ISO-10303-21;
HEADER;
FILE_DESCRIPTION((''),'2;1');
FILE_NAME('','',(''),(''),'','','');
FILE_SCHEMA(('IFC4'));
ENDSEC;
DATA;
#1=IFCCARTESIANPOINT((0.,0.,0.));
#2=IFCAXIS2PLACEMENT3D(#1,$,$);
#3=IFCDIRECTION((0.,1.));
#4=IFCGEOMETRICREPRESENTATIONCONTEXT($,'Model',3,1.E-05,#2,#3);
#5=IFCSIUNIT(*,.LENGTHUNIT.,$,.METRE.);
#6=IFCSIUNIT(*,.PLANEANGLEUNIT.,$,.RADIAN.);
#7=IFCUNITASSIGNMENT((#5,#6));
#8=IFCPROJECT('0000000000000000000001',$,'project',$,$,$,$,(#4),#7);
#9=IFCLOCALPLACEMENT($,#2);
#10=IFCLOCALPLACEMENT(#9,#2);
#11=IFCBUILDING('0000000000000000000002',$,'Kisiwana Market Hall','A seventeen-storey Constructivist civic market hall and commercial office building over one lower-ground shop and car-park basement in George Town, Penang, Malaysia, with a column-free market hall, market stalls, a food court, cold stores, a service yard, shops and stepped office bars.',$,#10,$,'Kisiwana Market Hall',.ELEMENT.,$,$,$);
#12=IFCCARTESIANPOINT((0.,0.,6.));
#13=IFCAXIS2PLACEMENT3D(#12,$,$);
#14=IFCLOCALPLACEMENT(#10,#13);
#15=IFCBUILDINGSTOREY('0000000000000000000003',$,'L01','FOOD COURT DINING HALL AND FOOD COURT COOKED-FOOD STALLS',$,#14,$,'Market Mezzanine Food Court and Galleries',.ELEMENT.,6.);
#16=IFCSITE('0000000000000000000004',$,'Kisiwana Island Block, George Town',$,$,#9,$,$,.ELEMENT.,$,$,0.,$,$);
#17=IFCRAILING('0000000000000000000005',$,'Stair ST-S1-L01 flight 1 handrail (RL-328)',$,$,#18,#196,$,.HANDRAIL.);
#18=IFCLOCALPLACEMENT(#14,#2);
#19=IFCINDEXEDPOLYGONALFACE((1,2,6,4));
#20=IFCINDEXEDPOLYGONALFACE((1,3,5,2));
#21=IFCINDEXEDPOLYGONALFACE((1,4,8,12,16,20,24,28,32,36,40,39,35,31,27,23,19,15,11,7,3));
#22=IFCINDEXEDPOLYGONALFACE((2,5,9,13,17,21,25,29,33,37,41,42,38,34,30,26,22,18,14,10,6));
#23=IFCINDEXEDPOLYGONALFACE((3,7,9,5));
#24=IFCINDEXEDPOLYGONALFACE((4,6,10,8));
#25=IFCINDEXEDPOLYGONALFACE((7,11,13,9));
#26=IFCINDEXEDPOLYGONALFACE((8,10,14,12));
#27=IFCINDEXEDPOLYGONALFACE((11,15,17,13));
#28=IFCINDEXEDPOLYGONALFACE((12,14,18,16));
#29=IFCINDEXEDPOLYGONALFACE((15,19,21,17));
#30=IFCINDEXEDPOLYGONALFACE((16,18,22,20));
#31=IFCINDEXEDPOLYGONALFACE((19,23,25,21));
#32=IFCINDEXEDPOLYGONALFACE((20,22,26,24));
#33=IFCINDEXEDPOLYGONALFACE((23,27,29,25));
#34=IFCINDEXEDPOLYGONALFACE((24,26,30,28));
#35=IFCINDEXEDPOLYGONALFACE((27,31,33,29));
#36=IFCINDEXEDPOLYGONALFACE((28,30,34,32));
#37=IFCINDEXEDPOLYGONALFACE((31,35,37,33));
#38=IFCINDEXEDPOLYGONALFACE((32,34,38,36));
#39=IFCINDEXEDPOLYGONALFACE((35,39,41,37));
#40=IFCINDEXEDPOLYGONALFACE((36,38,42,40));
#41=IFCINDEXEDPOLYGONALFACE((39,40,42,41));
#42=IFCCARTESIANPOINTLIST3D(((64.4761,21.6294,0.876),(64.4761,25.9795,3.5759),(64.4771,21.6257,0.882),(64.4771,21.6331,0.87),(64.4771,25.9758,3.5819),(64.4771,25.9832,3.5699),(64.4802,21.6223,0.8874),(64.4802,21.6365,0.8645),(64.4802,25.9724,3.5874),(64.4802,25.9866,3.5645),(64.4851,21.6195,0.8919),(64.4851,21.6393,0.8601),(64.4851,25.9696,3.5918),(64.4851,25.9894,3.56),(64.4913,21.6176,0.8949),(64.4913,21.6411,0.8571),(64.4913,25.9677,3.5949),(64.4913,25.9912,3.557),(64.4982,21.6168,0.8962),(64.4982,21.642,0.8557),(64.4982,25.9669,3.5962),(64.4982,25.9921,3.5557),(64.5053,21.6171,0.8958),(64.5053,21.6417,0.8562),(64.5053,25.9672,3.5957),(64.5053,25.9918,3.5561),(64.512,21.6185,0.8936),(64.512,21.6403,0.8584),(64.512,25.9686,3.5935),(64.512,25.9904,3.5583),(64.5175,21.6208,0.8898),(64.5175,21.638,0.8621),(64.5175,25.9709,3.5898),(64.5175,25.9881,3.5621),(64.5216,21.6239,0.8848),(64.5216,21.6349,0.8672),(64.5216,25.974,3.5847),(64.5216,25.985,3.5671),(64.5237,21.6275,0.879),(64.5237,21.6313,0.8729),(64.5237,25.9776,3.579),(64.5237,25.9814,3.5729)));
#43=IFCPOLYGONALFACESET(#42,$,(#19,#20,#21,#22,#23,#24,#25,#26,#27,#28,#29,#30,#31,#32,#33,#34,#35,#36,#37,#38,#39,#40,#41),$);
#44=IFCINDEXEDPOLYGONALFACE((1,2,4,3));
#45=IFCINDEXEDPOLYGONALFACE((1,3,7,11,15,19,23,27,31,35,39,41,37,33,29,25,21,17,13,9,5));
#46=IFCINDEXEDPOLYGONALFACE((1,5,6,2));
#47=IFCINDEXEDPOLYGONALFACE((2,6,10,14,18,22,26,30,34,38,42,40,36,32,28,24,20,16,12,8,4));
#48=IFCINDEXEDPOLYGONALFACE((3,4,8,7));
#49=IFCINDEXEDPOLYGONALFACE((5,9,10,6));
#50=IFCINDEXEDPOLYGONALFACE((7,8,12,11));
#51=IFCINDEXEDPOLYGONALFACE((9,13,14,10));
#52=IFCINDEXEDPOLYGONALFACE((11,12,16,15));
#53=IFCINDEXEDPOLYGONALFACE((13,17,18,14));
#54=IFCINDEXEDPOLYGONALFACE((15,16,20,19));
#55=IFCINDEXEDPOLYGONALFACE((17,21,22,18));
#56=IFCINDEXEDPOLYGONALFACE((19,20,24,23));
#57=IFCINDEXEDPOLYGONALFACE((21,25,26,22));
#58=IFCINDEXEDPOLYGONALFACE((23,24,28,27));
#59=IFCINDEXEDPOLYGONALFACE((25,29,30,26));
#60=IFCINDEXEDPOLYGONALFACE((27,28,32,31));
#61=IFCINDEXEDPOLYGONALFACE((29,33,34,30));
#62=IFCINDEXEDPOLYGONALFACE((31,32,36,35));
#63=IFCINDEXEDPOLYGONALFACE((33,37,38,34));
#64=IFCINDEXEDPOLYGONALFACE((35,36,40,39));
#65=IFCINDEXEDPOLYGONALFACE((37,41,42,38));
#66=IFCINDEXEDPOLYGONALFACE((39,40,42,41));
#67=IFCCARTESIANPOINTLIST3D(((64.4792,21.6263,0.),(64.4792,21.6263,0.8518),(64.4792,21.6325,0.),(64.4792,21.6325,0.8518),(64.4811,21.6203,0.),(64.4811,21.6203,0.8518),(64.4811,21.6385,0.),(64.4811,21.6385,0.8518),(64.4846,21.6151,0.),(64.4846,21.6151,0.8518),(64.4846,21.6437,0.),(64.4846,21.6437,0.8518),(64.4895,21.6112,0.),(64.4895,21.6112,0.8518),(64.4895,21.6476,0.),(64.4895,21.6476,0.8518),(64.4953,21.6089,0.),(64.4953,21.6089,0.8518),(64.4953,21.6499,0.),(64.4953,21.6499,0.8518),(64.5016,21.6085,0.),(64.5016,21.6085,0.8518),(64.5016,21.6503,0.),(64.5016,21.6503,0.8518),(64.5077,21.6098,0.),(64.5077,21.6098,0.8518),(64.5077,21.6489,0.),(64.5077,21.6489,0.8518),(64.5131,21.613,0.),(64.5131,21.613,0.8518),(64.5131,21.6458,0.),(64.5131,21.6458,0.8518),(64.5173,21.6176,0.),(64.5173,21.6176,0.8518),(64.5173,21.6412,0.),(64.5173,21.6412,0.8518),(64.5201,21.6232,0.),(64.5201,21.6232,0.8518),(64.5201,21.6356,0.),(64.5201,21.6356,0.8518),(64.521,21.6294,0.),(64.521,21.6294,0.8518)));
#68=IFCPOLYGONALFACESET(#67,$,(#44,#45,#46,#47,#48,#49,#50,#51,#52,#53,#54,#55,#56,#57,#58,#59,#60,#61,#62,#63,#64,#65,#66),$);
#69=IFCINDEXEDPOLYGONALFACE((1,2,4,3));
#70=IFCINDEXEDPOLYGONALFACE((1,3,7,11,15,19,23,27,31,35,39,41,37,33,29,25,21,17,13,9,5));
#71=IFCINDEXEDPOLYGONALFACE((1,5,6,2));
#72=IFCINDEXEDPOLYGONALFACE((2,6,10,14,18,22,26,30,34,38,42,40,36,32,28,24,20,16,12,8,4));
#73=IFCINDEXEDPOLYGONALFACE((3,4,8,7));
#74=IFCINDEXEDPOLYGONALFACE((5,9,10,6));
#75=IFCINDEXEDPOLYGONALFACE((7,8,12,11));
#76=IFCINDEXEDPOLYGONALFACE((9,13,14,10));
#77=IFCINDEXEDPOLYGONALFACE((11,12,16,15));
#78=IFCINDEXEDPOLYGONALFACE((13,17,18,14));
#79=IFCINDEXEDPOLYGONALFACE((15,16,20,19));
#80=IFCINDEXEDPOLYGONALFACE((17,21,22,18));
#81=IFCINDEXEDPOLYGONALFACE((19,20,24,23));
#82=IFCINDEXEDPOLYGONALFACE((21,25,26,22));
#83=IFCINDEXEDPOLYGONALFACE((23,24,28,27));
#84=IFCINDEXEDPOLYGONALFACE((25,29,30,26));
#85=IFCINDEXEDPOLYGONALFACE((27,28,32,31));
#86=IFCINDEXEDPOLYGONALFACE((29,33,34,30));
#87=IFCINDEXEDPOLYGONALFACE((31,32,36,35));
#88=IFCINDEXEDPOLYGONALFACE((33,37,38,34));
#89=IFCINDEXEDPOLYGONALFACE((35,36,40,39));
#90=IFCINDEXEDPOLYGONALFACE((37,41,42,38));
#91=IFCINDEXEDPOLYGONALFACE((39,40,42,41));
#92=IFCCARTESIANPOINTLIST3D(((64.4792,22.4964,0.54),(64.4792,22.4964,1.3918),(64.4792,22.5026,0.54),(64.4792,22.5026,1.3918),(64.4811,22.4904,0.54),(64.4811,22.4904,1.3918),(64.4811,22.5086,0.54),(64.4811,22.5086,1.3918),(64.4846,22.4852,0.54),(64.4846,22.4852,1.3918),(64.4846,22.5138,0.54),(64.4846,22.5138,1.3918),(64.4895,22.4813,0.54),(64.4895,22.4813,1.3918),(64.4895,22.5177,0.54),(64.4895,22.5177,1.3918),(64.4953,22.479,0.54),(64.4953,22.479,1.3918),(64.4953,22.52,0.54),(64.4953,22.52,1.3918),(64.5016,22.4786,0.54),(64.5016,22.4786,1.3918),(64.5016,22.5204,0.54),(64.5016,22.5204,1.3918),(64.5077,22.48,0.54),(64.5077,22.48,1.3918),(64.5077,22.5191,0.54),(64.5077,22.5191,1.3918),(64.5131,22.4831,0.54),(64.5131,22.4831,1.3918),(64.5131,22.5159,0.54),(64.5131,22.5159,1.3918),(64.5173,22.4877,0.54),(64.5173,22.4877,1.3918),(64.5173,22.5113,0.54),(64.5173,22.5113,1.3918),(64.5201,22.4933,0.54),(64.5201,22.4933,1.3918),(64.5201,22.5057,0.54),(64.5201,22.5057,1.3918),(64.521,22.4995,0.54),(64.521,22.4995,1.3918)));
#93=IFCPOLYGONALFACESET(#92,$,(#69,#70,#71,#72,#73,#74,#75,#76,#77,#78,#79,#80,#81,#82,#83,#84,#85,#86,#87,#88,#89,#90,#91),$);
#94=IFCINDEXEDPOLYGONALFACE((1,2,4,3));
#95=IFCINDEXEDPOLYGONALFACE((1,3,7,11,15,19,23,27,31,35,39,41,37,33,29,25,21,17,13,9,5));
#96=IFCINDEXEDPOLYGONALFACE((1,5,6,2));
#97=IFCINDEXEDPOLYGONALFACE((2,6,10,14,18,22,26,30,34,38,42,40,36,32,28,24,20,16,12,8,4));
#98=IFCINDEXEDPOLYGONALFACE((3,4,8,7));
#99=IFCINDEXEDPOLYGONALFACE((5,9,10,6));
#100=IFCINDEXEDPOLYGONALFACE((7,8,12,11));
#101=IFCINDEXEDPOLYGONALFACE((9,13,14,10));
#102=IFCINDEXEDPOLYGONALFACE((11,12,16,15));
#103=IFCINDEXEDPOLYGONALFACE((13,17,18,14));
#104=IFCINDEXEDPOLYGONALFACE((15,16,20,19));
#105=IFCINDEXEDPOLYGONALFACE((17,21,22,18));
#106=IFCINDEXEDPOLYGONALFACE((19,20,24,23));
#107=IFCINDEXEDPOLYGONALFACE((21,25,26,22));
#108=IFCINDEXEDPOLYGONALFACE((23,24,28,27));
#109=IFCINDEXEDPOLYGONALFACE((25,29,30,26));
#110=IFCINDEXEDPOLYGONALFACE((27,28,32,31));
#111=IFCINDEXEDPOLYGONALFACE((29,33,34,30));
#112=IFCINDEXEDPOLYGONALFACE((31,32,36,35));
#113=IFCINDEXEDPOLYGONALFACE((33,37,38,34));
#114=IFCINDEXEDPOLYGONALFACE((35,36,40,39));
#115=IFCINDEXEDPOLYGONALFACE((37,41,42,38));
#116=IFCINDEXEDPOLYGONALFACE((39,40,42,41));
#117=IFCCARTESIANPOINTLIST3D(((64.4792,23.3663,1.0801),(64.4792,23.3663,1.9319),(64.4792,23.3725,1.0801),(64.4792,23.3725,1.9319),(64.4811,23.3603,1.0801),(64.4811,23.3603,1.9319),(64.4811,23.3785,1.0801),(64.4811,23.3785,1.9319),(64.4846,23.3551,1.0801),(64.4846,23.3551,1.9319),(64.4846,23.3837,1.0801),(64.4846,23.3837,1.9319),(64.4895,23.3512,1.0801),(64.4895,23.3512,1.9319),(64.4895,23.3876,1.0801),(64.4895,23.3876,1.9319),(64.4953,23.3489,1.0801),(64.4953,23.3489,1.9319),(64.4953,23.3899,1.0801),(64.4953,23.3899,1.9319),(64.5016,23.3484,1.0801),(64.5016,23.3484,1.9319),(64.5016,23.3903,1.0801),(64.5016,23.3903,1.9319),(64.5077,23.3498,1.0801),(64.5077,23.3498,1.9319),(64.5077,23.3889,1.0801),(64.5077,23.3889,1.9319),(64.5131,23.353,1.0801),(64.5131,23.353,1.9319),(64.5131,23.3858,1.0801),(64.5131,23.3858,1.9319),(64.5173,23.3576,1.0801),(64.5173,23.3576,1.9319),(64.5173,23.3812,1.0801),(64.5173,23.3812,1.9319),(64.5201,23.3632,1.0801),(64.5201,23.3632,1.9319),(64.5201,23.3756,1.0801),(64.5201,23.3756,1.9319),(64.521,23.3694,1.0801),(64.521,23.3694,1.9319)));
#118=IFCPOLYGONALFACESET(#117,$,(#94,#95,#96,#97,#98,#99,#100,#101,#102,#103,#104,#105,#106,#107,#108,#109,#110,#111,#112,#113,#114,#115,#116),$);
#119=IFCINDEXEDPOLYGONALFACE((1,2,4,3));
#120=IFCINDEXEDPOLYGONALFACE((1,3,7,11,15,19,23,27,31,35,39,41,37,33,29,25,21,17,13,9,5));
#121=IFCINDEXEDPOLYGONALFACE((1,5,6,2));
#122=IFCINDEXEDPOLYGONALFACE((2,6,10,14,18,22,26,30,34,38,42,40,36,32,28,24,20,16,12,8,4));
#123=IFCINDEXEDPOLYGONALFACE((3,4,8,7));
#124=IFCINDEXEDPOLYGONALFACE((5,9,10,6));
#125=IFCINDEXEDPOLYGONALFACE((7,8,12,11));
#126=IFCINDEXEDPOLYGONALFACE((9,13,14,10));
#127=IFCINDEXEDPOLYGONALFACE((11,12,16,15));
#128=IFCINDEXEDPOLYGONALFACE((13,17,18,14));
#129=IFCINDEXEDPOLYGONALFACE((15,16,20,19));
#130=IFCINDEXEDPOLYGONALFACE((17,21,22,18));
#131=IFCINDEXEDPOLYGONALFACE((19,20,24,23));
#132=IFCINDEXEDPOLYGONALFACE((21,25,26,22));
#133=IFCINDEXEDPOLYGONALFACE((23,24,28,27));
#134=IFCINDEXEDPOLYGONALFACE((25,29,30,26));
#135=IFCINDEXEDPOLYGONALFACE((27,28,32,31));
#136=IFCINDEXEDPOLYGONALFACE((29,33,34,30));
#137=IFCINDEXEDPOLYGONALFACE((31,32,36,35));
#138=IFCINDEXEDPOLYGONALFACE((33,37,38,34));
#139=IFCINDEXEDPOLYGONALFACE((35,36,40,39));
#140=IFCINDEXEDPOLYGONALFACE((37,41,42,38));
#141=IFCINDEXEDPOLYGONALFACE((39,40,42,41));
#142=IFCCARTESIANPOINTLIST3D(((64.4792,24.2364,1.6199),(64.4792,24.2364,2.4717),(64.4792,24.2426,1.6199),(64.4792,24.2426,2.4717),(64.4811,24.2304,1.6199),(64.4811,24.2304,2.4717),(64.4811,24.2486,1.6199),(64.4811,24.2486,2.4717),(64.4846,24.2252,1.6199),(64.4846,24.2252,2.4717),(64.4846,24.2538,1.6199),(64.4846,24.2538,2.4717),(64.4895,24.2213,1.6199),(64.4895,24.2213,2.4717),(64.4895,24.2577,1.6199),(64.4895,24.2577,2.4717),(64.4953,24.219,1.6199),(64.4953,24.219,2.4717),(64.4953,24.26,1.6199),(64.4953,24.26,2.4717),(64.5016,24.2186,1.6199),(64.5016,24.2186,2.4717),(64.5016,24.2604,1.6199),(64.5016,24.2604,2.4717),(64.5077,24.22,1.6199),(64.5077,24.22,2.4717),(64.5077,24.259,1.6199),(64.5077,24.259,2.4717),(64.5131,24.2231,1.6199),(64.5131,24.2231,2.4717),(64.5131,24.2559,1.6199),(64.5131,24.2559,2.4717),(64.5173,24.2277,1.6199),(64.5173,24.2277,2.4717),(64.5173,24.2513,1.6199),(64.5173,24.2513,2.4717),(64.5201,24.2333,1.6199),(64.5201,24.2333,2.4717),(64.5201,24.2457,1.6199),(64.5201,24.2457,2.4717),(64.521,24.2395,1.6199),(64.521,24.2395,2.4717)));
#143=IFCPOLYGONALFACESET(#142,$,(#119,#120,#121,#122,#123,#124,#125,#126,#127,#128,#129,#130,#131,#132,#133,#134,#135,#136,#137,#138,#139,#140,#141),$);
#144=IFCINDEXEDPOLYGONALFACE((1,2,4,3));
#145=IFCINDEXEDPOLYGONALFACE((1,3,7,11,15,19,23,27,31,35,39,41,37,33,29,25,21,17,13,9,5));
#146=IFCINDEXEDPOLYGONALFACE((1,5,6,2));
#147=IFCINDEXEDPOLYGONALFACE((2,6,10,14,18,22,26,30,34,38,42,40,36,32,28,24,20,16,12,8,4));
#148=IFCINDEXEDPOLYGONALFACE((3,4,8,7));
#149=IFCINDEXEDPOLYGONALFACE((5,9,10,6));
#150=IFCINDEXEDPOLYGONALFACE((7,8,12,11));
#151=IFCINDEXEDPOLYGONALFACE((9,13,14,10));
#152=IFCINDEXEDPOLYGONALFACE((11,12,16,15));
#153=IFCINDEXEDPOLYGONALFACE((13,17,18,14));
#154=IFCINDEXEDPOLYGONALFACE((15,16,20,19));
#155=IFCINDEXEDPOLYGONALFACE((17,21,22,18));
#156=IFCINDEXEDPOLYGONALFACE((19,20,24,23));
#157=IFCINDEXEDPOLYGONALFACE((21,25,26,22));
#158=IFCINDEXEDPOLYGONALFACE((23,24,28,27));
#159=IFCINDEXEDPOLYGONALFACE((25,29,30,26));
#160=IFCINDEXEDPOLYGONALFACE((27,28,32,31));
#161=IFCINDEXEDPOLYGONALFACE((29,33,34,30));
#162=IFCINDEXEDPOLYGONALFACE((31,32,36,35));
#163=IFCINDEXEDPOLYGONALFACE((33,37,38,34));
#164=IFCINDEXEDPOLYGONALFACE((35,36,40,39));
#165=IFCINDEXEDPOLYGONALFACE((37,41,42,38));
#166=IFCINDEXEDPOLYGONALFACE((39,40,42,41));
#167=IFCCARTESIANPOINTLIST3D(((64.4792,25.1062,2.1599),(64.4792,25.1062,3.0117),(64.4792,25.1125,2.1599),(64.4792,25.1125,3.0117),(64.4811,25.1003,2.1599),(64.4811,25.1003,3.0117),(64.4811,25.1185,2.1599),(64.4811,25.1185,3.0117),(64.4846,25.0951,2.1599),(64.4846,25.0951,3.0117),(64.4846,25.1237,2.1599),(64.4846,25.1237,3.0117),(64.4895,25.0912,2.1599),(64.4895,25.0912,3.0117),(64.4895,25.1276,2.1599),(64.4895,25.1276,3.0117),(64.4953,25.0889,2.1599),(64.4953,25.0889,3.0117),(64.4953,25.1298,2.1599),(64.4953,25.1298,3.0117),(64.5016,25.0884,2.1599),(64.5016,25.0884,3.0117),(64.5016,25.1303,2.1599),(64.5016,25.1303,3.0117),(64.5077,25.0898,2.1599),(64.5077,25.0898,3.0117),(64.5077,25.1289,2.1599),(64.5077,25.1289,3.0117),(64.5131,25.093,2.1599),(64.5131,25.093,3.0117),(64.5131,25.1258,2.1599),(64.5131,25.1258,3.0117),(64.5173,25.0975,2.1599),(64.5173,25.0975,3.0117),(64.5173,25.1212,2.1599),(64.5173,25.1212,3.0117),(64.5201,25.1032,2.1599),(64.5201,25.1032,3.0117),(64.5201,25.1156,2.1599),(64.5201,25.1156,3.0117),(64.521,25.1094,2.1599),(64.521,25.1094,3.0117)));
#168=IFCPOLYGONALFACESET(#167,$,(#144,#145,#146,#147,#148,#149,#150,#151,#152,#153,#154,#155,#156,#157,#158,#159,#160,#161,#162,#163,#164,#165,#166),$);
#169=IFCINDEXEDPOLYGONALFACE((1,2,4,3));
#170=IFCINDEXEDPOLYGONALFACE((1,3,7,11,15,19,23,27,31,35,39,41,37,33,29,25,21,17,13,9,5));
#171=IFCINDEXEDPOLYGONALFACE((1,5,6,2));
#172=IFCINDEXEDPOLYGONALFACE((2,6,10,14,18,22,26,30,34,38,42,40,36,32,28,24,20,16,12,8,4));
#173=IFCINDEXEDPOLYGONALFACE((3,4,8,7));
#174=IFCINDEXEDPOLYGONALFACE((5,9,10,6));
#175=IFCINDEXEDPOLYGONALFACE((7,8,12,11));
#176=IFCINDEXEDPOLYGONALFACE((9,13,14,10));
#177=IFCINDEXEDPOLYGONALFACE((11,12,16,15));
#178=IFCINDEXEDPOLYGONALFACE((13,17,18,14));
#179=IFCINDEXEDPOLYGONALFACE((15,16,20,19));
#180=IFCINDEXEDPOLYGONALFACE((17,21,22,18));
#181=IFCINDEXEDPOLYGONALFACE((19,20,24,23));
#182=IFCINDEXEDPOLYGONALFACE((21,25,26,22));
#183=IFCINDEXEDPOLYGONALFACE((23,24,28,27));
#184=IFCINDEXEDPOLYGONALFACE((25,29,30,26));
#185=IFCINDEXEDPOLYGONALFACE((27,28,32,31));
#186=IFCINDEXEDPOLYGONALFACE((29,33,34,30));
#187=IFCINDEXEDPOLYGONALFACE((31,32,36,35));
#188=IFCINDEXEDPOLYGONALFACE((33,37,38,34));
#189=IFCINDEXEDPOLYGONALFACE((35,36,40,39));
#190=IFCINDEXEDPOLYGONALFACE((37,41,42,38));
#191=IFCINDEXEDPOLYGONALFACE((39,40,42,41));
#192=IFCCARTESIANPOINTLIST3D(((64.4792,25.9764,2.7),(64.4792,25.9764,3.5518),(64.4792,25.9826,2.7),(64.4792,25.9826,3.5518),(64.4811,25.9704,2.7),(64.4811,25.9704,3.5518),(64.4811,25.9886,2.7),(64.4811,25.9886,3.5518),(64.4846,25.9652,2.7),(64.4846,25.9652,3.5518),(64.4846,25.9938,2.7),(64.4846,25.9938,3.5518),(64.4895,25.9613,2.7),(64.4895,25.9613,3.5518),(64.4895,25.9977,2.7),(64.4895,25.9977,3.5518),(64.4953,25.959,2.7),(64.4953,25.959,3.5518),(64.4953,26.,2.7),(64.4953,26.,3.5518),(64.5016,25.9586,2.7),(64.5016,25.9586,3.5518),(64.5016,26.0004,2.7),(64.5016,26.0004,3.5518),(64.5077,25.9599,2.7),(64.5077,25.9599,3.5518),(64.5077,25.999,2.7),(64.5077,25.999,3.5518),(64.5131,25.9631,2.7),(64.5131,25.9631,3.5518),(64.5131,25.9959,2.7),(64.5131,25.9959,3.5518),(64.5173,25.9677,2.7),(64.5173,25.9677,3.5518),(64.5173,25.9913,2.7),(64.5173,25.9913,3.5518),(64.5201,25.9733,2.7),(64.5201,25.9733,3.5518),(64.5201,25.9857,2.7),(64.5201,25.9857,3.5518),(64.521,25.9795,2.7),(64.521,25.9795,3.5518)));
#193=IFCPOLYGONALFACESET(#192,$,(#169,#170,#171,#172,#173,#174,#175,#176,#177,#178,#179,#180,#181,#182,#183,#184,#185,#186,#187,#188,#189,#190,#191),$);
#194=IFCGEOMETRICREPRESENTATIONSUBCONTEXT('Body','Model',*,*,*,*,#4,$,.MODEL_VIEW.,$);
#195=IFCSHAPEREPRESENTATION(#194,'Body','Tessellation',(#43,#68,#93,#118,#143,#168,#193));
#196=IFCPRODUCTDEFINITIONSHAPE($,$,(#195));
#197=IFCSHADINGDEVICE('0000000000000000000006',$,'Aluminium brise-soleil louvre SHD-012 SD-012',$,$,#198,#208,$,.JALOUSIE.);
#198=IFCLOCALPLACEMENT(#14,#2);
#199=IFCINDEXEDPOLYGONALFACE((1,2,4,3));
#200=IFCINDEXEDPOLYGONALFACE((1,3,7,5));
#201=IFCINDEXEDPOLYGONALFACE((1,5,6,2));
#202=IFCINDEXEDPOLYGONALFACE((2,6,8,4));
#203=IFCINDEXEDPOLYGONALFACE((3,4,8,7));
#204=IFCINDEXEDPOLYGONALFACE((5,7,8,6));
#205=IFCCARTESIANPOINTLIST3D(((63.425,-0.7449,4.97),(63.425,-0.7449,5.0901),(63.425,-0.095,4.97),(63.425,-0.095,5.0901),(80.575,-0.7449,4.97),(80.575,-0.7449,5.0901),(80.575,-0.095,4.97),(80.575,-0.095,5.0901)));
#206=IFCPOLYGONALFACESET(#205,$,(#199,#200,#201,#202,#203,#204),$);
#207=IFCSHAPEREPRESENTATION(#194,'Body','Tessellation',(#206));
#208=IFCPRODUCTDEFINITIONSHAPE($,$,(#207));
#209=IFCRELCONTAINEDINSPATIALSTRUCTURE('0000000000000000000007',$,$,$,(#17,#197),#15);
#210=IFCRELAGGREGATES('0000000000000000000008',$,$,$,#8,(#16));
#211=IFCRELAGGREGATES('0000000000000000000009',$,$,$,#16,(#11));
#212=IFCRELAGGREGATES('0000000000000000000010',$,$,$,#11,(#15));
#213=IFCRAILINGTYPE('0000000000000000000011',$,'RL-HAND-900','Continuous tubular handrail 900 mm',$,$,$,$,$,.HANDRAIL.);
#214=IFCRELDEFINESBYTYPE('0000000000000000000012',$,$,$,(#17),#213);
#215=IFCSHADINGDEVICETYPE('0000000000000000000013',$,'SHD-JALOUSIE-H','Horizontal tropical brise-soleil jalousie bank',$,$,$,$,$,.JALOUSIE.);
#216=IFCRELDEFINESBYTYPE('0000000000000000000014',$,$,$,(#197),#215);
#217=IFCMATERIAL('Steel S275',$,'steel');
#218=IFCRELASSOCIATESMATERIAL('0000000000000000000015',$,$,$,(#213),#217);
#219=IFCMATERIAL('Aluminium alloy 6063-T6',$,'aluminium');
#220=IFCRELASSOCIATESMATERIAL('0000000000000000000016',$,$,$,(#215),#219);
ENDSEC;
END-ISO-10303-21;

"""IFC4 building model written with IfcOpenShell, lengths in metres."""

from ifc_helpers import new_model, si_unit, direction, frame, origin, origin_2d, place, context, subcontext, project, spatial, rectangle, circle, extrude, material, type_object, element, save


model = new_model("IFC4")

# Units and contexts
model_context = context("Model", 3, precision=1e-05, world=origin(), true_north=direction((0.0, 1.0)))
body_context = subcontext(model_context, "Body", "Model", "MODEL_VIEW")
ifc_project = project(units=[si_unit("LENGTHUNIT", "METRE"), si_unit("PLANEANGLEUNIT", "RADIAN")], contexts=[model_context])

# Site, building, storey
site_placement = place(None, origin())
site = spatial("IfcSite", under=ifc_project, at=site_placement, Name="Kisiwana Island Block, George Town", CompositionType="ELEMENT", RefElevation=0.0)
building_placement = place(site_placement, origin())
building = spatial("IfcBuilding", under=site, at=building_placement, Name="Kisiwana Market Hall", Description="A seventeen-storey Constructivist civic market hall and commercial office building over one lower-ground shop and car-park basement in George Town, Penang, Malaysia, with a column-free market hall, market stalls, a food court, cold stores, a service yard, shops and stepped office bars.", LongName="Kisiwana Market Hall", CompositionType="ELEMENT")
storey_placement = place(building_placement, frame((0.0, 0.0, 6.0)))
storey = spatial("IfcBuildingStorey", under=building, at=storey_placement, Name="L01", Description="FOOD COURT DINING HALL AND FOOD COURT COOKED-FOOD STALLS", LongName="Market Mezzanine Food Court and Galleries", CompositionType="ELEMENT", Elevation=6.0)

# Railing
ifc_material_1 = material(Name="Steel S275", Category="steel")
railing_type_1 = type_object("IfcRailingType", Name="RL-HAND-900", Description="Continuous tubular handrail 900 mm", PredefinedType="HANDRAIL", material=ifc_material_1)
railing_1_placement = place(storey_placement, frame((64.5, 21.6294, 0.0)))
element("IfcRailing", 1, at=railing_1_placement, inside=storey, type_object=railing_type_1, Name="Stair ST-S1-L01 flight 1 handrail (RL-328)", PredefinedType="HANDRAIL", context=body_context, shape_type="SweptSolid", body=[
    extrude(circle(Radius=0.0239, at=origin_2d()), frame((0.0, 0.0, 0.876), z_axis=(0.0, 0.84965, 0.527347), x_axis=(-1.0, 0.0, 0.0)), (0.0, 0.0, 1.0), 5.1199),
    extrude(circle(Radius=0.021, at=origin_2d()), origin(), (0.0, 0.0, 1.0), 0.8518),
    extrude(circle(Radius=0.021, at=origin_2d()), frame((0.0, 0.8701, 0.54)), (0.0, 0.0, 1.0), 0.8518),
    extrude(circle(Radius=0.021, at=origin_2d()), frame((0.0, 1.74, 1.0801)), (0.0, 0.0, 1.0), 0.8518),
    extrude(circle(Radius=0.021, at=origin_2d()), frame((0.0, 2.6101, 1.6199)), (0.0, 0.0, 1.0), 0.8518),
    extrude(circle(Radius=0.021, at=origin_2d()), frame((0.0, 3.48, 2.1599)), (0.0, 0.0, 1.0), 0.8518),
    extrude(circle(Radius=0.021, at=origin_2d()), frame((0.0, 4.3501, 2.7)), (0.0, 0.0, 1.0), 0.8518),
])

# Shading device
ifc_material_2 = material(Name="Aluminium alloy 6063-T6", Category="aluminium")
shading_device_type = type_object("IfcShadingDeviceType", Name="SHD-JALOUSIE-H", Description="Horizontal tropical brise-soleil jalousie bank", PredefinedType="JALOUSIE", material=ifc_material_2)
shading_device_placement = place(storey_placement, frame((72.0, -0.4199, 4.97), z_axis=(0.0, 0.0, 1.0), x_axis=(1.0, 0.0, 0.0)))
element("IfcShadingDevice", 2, at=shading_device_placement, inside=storey, type_object=shading_device_type, Name="Aluminium brise-soleil louvre SHD-012 SD-012", PredefinedType="JALOUSIE", context=body_context, shape_type="SweptSolid", body=[
    extrude(rectangle(XDim=17.1499, YDim=0.6499, at=origin_2d()), origin(), (0.0, 0.0, 1.0), 0.1201),
])

save(model, "model.ifc")
